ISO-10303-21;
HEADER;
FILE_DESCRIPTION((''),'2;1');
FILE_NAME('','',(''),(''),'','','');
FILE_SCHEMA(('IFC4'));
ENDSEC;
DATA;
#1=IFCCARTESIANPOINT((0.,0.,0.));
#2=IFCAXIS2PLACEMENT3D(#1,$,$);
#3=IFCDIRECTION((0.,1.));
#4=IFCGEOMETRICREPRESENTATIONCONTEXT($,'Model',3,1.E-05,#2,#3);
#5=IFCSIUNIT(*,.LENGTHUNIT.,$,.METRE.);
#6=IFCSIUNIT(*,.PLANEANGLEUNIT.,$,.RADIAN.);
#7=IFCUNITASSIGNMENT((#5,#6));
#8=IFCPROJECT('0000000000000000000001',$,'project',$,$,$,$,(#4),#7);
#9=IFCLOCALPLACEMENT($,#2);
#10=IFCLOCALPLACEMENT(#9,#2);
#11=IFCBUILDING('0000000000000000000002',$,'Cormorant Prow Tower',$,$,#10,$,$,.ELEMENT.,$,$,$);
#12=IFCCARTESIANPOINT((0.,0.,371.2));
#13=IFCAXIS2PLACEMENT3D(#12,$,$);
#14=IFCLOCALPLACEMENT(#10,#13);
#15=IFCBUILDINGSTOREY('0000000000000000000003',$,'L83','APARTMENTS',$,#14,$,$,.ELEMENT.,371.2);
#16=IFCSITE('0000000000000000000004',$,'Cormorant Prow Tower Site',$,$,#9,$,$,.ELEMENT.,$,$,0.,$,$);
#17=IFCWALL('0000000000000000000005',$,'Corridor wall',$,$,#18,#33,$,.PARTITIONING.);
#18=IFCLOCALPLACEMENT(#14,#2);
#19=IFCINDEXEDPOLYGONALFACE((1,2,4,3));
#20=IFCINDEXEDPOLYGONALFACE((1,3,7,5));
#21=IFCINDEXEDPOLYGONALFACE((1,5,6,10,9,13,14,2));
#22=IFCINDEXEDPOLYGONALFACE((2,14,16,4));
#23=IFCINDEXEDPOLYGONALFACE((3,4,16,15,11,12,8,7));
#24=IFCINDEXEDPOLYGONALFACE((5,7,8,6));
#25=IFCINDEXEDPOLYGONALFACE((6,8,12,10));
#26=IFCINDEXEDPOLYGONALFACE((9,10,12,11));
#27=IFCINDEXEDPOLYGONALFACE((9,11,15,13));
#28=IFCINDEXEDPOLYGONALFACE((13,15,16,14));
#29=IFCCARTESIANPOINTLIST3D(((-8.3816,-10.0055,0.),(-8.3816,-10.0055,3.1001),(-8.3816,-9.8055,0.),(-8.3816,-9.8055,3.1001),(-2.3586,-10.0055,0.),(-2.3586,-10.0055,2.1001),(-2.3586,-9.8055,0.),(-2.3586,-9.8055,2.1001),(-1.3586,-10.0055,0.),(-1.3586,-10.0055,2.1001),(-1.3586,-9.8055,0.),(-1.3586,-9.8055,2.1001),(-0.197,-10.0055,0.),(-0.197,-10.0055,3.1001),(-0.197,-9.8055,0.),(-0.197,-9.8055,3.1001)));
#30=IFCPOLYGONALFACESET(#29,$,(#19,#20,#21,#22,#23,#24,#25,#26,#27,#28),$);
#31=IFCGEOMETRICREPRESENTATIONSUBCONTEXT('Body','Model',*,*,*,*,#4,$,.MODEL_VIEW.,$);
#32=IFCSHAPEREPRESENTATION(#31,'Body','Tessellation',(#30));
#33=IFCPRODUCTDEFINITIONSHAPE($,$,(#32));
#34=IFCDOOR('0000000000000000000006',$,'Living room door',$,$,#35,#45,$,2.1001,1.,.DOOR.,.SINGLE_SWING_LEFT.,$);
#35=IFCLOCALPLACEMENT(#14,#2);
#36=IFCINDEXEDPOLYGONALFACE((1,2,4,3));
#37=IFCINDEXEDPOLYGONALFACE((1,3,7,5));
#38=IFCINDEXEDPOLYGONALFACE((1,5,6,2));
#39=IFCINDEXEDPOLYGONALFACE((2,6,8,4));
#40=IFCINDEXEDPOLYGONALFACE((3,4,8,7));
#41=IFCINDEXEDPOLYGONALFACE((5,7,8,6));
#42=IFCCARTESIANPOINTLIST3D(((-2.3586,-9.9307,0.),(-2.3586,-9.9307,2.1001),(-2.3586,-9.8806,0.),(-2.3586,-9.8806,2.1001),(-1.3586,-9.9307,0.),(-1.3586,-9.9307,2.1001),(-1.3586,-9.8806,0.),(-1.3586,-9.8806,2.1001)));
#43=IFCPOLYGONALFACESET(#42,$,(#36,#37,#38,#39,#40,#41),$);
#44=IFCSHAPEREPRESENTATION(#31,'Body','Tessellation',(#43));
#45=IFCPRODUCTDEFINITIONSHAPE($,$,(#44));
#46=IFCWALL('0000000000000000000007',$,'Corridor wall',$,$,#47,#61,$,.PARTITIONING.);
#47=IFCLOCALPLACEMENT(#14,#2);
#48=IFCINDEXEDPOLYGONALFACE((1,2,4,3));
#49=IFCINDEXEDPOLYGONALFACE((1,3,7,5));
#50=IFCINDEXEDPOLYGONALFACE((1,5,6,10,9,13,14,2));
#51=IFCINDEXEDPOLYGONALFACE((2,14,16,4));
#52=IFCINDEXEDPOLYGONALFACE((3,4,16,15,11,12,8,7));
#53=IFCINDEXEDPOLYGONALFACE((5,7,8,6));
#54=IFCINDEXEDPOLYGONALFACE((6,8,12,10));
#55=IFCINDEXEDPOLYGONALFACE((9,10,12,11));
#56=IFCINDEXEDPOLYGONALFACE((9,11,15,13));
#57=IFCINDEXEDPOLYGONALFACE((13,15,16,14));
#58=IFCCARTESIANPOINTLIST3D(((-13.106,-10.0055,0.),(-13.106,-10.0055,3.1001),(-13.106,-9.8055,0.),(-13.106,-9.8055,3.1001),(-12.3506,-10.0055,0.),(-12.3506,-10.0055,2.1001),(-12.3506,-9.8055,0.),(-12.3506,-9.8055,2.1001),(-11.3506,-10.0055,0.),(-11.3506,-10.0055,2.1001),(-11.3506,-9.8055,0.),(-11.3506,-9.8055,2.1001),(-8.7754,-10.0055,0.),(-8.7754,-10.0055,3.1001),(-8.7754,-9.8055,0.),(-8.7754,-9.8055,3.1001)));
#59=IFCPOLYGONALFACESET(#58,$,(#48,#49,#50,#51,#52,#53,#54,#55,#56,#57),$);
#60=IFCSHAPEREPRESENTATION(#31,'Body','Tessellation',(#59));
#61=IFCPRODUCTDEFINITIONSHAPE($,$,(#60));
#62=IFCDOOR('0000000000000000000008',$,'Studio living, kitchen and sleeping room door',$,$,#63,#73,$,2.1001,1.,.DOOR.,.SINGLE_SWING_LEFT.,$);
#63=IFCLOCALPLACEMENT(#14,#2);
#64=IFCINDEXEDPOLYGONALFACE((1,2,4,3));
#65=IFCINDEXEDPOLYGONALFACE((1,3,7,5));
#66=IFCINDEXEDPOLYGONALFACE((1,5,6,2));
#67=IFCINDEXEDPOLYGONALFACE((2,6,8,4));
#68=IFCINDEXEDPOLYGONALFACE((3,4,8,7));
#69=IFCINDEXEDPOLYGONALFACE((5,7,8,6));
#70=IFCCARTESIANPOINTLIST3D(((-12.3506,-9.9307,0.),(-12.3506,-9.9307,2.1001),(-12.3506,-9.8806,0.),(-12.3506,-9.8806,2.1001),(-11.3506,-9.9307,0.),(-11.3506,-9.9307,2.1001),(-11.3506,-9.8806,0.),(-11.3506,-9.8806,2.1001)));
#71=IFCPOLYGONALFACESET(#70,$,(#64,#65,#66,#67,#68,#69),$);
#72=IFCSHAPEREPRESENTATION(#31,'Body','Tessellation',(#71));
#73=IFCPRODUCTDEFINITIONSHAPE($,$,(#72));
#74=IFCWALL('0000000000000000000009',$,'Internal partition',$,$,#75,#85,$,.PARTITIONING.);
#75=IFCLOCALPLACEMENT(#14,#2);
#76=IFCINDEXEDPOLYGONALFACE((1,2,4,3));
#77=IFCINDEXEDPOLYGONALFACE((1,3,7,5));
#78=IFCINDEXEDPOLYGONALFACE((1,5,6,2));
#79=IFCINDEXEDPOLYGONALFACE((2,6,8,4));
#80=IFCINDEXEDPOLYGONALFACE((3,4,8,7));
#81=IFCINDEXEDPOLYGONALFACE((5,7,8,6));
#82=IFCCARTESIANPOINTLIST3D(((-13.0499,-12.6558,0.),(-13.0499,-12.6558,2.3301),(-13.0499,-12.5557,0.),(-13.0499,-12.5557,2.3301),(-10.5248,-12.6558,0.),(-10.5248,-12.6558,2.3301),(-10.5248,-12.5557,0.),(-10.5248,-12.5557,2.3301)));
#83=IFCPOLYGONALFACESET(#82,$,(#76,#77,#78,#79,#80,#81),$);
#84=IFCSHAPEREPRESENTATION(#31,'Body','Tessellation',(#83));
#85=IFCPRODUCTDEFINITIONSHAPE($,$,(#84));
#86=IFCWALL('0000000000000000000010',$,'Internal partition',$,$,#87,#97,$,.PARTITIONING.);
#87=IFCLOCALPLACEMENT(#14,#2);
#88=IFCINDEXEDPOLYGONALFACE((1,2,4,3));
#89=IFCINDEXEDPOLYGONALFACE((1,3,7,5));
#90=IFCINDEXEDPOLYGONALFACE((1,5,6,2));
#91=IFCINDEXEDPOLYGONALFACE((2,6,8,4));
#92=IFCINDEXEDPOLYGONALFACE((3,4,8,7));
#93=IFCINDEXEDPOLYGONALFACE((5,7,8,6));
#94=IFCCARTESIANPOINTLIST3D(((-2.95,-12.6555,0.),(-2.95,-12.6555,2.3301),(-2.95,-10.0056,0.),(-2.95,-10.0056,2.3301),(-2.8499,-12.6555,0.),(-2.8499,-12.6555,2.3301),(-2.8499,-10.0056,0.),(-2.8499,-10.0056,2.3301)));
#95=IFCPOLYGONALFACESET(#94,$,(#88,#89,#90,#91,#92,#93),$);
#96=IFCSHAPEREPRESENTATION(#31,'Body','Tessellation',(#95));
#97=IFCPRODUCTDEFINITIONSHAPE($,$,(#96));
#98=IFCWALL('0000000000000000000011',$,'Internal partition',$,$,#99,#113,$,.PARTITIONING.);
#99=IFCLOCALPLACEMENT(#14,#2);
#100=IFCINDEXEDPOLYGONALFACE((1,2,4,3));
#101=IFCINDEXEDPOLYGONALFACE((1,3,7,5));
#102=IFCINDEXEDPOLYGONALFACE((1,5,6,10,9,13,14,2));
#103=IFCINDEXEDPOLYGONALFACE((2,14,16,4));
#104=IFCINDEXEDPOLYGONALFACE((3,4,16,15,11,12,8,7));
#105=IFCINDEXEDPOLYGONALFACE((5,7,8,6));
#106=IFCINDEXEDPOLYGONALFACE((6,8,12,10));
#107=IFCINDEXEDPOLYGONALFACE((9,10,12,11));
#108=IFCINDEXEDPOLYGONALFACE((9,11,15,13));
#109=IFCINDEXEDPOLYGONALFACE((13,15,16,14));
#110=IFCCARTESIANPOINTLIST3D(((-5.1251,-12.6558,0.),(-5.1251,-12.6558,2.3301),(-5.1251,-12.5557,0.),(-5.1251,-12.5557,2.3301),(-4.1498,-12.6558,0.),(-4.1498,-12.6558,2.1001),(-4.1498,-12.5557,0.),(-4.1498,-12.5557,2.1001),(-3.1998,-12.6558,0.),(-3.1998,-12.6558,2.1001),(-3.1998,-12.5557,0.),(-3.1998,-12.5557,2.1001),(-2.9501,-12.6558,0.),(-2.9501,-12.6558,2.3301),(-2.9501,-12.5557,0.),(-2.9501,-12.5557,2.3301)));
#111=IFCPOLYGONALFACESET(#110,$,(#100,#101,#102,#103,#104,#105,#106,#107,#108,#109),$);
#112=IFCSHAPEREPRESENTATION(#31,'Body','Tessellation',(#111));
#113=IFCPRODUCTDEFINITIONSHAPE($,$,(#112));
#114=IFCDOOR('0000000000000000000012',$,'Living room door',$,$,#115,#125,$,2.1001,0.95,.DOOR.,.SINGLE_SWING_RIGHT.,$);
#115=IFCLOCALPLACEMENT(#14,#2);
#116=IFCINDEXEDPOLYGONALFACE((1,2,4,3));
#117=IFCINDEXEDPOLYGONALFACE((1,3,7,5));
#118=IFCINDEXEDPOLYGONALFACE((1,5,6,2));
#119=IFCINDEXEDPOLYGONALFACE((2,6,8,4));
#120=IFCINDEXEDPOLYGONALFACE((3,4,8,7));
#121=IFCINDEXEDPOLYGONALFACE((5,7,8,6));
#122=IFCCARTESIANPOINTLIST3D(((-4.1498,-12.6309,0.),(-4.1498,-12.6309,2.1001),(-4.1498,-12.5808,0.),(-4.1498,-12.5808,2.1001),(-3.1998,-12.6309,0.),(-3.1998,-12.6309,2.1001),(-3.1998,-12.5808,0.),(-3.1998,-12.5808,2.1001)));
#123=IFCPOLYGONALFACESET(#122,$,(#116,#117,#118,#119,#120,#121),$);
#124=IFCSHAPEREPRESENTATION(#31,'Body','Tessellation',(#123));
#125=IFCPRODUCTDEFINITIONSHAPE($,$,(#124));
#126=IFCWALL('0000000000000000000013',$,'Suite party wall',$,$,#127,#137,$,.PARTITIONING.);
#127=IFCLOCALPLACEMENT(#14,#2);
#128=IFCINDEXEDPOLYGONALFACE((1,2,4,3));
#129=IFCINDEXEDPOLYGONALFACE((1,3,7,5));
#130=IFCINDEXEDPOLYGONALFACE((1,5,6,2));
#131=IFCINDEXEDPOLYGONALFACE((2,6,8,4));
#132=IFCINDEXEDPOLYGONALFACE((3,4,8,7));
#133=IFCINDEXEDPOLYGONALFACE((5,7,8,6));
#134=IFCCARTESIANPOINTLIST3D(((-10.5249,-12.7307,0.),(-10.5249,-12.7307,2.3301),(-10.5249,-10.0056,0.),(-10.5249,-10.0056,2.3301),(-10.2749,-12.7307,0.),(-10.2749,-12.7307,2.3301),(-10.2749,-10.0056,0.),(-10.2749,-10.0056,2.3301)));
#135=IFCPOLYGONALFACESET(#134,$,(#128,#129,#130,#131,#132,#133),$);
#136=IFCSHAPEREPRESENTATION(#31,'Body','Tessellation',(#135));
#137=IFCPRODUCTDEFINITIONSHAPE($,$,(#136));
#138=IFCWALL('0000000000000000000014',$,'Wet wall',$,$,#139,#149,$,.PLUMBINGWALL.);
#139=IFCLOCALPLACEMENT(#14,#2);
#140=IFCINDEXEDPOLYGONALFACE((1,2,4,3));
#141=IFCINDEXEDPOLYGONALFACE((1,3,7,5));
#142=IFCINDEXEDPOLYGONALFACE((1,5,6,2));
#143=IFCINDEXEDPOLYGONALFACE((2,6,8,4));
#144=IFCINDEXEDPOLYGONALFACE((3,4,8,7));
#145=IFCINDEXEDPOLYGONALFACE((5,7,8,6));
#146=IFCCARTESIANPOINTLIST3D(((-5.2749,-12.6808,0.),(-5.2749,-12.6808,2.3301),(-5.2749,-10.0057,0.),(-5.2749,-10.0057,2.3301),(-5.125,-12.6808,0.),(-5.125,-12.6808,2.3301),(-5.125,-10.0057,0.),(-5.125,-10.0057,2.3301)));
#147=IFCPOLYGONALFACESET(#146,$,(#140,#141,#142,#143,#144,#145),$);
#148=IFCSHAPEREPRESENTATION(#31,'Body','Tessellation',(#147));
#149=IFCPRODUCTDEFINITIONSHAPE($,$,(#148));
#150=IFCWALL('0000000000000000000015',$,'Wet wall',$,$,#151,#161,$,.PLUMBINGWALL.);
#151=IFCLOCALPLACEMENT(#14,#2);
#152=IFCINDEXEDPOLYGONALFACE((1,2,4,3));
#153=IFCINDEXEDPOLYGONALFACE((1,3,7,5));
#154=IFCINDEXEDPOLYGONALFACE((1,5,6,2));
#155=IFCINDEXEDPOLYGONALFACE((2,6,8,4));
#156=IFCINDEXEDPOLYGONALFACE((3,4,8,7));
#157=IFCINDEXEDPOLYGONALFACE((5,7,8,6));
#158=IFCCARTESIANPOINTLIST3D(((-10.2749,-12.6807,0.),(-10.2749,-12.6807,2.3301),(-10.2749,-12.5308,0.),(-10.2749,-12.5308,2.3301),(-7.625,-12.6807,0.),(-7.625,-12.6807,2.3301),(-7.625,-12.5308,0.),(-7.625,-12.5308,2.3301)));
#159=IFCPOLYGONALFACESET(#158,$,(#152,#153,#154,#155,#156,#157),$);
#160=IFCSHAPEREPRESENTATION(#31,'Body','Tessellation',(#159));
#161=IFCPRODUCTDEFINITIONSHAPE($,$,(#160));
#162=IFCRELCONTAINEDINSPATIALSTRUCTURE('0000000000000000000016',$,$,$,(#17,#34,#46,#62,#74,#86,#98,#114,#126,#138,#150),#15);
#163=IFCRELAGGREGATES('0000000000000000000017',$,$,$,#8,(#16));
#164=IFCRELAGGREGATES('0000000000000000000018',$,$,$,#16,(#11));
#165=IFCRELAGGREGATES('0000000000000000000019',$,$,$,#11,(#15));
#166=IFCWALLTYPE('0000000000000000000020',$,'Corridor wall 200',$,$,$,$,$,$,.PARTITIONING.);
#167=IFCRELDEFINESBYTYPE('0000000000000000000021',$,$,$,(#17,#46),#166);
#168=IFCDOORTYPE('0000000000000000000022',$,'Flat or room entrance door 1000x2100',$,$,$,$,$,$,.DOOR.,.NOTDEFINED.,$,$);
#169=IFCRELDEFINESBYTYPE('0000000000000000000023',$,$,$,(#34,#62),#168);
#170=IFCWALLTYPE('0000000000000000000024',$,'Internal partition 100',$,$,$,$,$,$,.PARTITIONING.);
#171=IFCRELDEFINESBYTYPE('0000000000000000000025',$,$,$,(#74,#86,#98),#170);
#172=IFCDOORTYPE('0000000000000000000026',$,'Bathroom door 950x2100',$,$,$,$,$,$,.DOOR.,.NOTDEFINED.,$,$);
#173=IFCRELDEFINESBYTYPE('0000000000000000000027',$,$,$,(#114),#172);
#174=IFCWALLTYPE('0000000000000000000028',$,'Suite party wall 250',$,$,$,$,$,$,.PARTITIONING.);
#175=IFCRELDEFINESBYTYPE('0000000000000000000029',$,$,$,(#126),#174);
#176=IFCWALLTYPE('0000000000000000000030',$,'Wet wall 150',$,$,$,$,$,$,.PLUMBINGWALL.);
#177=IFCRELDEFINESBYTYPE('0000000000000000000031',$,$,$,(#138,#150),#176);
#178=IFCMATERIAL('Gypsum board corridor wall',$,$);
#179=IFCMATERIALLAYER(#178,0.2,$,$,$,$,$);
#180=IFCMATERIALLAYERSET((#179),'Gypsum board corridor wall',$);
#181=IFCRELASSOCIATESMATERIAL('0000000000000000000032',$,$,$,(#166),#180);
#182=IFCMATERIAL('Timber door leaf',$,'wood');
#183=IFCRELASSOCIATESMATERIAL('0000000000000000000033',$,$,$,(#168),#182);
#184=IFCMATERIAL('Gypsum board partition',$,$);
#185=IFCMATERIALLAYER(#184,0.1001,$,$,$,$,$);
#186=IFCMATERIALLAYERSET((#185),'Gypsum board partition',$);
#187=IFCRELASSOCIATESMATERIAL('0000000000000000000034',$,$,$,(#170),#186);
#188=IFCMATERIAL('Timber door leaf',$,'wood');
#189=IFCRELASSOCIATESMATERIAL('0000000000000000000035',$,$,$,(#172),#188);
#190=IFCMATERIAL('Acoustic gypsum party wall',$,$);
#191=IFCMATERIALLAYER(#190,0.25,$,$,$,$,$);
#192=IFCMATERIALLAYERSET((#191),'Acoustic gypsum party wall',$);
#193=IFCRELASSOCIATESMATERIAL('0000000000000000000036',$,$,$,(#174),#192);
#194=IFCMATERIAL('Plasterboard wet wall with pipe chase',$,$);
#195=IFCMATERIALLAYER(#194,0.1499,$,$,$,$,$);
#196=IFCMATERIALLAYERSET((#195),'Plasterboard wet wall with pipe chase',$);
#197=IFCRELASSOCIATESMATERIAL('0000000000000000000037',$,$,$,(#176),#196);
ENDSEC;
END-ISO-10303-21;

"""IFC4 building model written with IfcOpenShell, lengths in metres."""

from ifc_helpers import new_model, si_unit, direction, frame, frame_2d, origin, place, context, subcontext, project, spatial, rectangle, extrude, material, layer, layer_set, type_object, element, fill, save


model = new_model("IFC4")

# Units and contexts
model_context = context("Model", 3, precision=1e-05, world=origin(), true_north=direction((0.0, 1.0)))
body_context = subcontext(model_context, "Body", "Model", "MODEL_VIEW")
ifc_project = project(units=[si_unit("LENGTHUNIT", "METRE"), si_unit("PLANEANGLEUNIT", "RADIAN")], contexts=[model_context])

# Site, building, storey
site_placement = place(None, origin())
site = spatial("IfcSite", under=ifc_project, at=site_placement, Name="Cormorant Prow Tower Site", CompositionType="ELEMENT", RefElevation=0.0)
building_placement = place(site_placement, origin())
building = spatial("IfcBuilding", under=site, at=building_placement, Name="Cormorant Prow Tower", CompositionType="ELEMENT")
storey_placement = place(building_placement, frame((0.0, 0.0, 371.2)))
storey = spatial("IfcBuildingStorey", under=building, at=storey_placement, Name="L83", Description="APARTMENTS", CompositionType="ELEMENT", Elevation=371.2)

# Walls, openings, doors
ifc_material_1 = material(Name="Gypsum board corridor wall")
ifc_layer_1 = layer(ifc_material_1, 0.2)
ifc_layer_set_1 = layer_set([ifc_layer_1], Name="Gypsum board corridor wall")
wall_type_1 = type_object("IfcWallType", Name="Corridor wall 200", PredefinedType="PARTITIONING", material=ifc_layer_set_1)
wall_1_placement = place(storey_placement, frame((-8.3816, -9.9055, 0.0), z_axis=(0.0, 0.0, 1.0), x_axis=(1.0, 0.0, 0.0)))
wall_1 = element("IfcWall", 1, at=wall_1_placement, inside=storey, type_object=wall_type_1, Name="Corridor wall", PredefinedType="PARTITIONING", context=body_context, shape_type="SweptSolid", body=[
    extrude(rectangle(XDim=8.1846, YDim=0.2, at=frame_2d((4.0923, 0.0))), origin(), (0.0, 0.0, 1.0), 3.1001),
])
opening_1_placement = place(wall_1_placement, frame((6.0229, 0.0, 0.0)))
opening_1 = element("IfcOpeningElement", 2, at=opening_1_placement, cuts=wall_1, PredefinedType="OPENING", context=body_context, shape_type="SweptSolid", body=[
    extrude(rectangle(XDim=1.0, YDim=2.1001, at=frame_2d((0.5, 1.05))), frame((0.0, 0.1099, 0.0), z_axis=(0.0, -1.0, 0.0), x_axis=(1.0, 0.0, 0.0)), (0.0, 0.0, 1.0), 0.22),
])
ifc_material_2 = material(Name="Timber door leaf", Category="wood")
door_type_1 = type_object("IfcDoorType", Name="Flat or room entrance door 1000x2100", OperationType="NOTDEFINED", PredefinedType="DOOR", material=ifc_material_2)
door_1_placement = place(opening_1_placement, origin())
door_1 = element("IfcDoor", 3, at=door_1_placement, inside=storey, type_object=door_type_1, Name="Living room door", OperationType="SINGLE_SWING_LEFT", OverallHeight=2.1001, OverallWidth=1.0, PredefinedType="DOOR", context=body_context, shape_type="SweptSolid", body=[
    extrude(rectangle(XDim=1.0, YDim=2.1001, at=frame_2d((0.5, 1.05))), frame((0.0, 0.0249, 0.0), z_axis=(0.0, -1.0, 0.0), x_axis=(1.0, 0.0, 0.0)), (0.0, 0.0, 1.0), 0.05),
])
fill(opening_1, door_1)
wall_2_placement = place(storey_placement, frame((-13.106, -9.9055, 0.0), z_axis=(0.0, 0.0, 1.0), x_axis=(1.0, 0.0, 0.0)))
wall_2 = element("IfcWall", 4, at=wall_2_placement, inside=storey, type_object=wall_type_1, Name="Corridor wall", PredefinedType="PARTITIONING", context=body_context, shape_type="SweptSolid", body=[
    extrude(rectangle(XDim=4.3306, YDim=0.2, at=frame_2d((2.1653, 0.0))), origin(), (0.0, 0.0, 1.0), 3.1001),
])
opening_2_placement = place(wall_2_placement, frame((0.7554, 0.0, 0.0)))
opening_2 = element("IfcOpeningElement", 5, at=opening_2_placement, cuts=wall_2, PredefinedType="OPENING", context=body_context, shape_type="SweptSolid", body=[
    extrude(rectangle(XDim=1.0, YDim=2.1001, at=frame_2d((0.5, 1.05))), frame((0.0, 0.1099, 0.0), z_axis=(0.0, -1.0, 0.0), x_axis=(1.0, 0.0, 0.0)), (0.0, 0.0, 1.0), 0.22),
])
door_2_placement = place(opening_2_placement, origin())
door_2 = element("IfcDoor", 6, at=door_2_placement, inside=storey, type_object=door_type_1, Name="Studio living, kitchen and sleeping room door", OperationType="SINGLE_SWING_LEFT", OverallHeight=2.1001, OverallWidth=1.0, PredefinedType="DOOR", context=body_context, shape_type="SweptSolid", body=[
    extrude(rectangle(XDim=1.0, YDim=2.1001, at=frame_2d((0.5, 1.05))), frame((0.0, 0.0249, 0.0), z_axis=(0.0, -1.0, 0.0), x_axis=(1.0, 0.0, 0.0)), (0.0, 0.0, 1.0), 0.05),
])
fill(opening_2, door_2)

# Walls
ifc_material_3 = material(Name="Gypsum board partition")
ifc_layer_2 = layer(ifc_material_3, 0.1001)
ifc_layer_set_2 = layer_set([ifc_layer_2], Name="Gypsum board partition")
wall_type_2 = type_object("IfcWallType", Name="Internal partition 100", PredefinedType="PARTITIONING", material=ifc_layer_set_2)
wall_3_placement = place(storey_placement, frame((-13.05, -12.6057, 0.0), z_axis=(0.0, 0.0, 1.0), x_axis=(1.0, 0.0, 0.0)))
element("IfcWall", 7, at=wall_3_placement, inside=storey, type_object=wall_type_2, Name="Internal partition", PredefinedType="PARTITIONING", context=body_context, shape_type="SweptSolid", body=[
    extrude(rectangle(XDim=2.5251, YDim=0.1001, at=frame_2d((1.2627, 0.0))), origin(), (0.0, 0.0, 1.0), 2.3301),
])
wall_4_placement = place(storey_placement, frame((-2.8999, -12.6555, 0.0), z_axis=(0.0, 0.0, 1.0), x_axis=(0.0, 1.0, 0.0)))
element("IfcWall", 8, at=wall_4_placement, inside=storey, type_object=wall_type_2, Name="Internal partition", PredefinedType="PARTITIONING", context=body_context, shape_type="SweptSolid", body=[
    extrude(rectangle(XDim=2.6499, YDim=0.1001, at=frame_2d((1.325, 0.0))), origin(), (0.0, 0.0, 1.0), 2.3301),
])

# Wall, opening, door
wall_5_placement = place(storey_placement, frame((-5.125, -12.6057, 0.0), z_axis=(0.0, 0.0, 1.0), x_axis=(1.0, 0.0, 0.0)))
wall_5 = element("IfcWall", 9, at=wall_5_placement, inside=storey, type_object=wall_type_2, Name="Internal partition", PredefinedType="PARTITIONING", context=body_context, shape_type="SweptSolid", body=[
    extrude(rectangle(XDim=2.175, YDim=0.1001, at=frame_2d((1.0874, 0.0))), origin(), (0.0, 0.0, 1.0), 2.3301),
])
opening_3_placement = place(wall_5_placement, frame((0.9751, 0.0, 0.0)))
opening_3 = element("IfcOpeningElement", 10, at=opening_3_placement, cuts=wall_5, PredefinedType="OPENING", context=body_context, shape_type="SweptSolid", body=[
    extrude(rectangle(XDim=0.95, YDim=2.1001, at=frame_2d((0.4751, 1.05))), frame((0.0, 0.0601, 0.0), z_axis=(0.0, -1.0, 0.0), x_axis=(1.0, 0.0, 0.0)), (0.0, 0.0, 1.0), 0.1201),
])
ifc_material_4 = material(Name="Timber door leaf", Category="wood")
door_type_2 = type_object("IfcDoorType", Name="Bathroom door 950x2100", OperationType="NOTDEFINED", PredefinedType="DOOR", material=ifc_material_4)
door_3_placement = place(opening_3_placement, origin())
door_3 = element("IfcDoor", 11, at=door_3_placement, inside=storey, type_object=door_type_2, Name="Living room door", OperationType="SINGLE_SWING_RIGHT", OverallHeight=2.1001, OverallWidth=0.95, PredefinedType="DOOR", context=body_context, shape_type="SweptSolid", body=[
    extrude(rectangle(XDim=0.95, YDim=2.1001, at=frame_2d((0.4751, 1.05))), frame((0.0, 0.0249, 0.0), z_axis=(0.0, -1.0, 0.0), x_axis=(1.0, 0.0, 0.0)), (0.0, 0.0, 1.0), 0.05),
])
fill(opening_3, door_3)

# Walls
ifc_material_5 = material(Name="Acoustic gypsum party wall")
ifc_layer_3 = layer(ifc_material_5, 0.25)
ifc_layer_set_3 = layer_set([ifc_layer_3], Name="Acoustic gypsum party wall")
wall_type_3 = type_object("IfcWallType", Name="Suite party wall 250", PredefinedType="PARTITIONING", material=ifc_layer_set_3)
wall_6_placement = place(storey_placement, frame((-10.3999, -12.7307, 0.0), z_axis=(0.0, 0.0, 1.0), x_axis=(0.0, 1.0, 0.0)))
element("IfcWall", 12, at=wall_6_placement, inside=storey, type_object=wall_type_3, Name="Suite party wall", PredefinedType="PARTITIONING", context=body_context, shape_type="SweptSolid", body=[
    extrude(rectangle(XDim=2.7251, YDim=0.25, at=frame_2d((1.3625, 0.0))), origin(), (0.0, 0.0, 1.0), 2.3301),
])
ifc_material_6 = material(Name="Plasterboard wet wall with pipe chase")
ifc_layer_4 = layer(ifc_material_6, 0.1499)
ifc_layer_set_4 = layer_set([ifc_layer_4], Name="Plasterboard wet wall with pipe chase")
wall_type_4 = type_object("IfcWallType", Name="Wet wall 150", PredefinedType="PLUMBINGWALL", material=ifc_layer_set_4)
wall_7_placement = place(storey_placement, frame((-5.2, -12.6807, 0.0), z_axis=(0.0, 0.0, 1.0), x_axis=(0.0, 1.0, 0.0)))
element("IfcWall", 13, at=wall_7_placement, inside=storey, type_object=wall_type_4, Name="Wet wall", PredefinedType="PLUMBINGWALL", context=body_context, shape_type="SweptSolid", body=[
    extrude(rectangle(XDim=2.675, YDim=0.1499, at=frame_2d((1.3374, 0.0))), origin(), (0.0, 0.0, 1.0), 2.3301),
])
wall_8_placement = place(storey_placement, frame((-10.2749, -12.6057, 0.0), z_axis=(0.0, 0.0, 1.0), x_axis=(1.0, 0.0, 0.0)))
element("IfcWall", 14, at=wall_8_placement, inside=storey, type_object=wall_type_4, Name="Wet wall", PredefinedType="PLUMBINGWALL", context=body_context, shape_type="SweptSolid", body=[
    extrude(rectangle(XDim=2.6499, YDim=0.1499, at=frame_2d((1.325, 0.0))), origin(), (0.0, 0.0, 1.0), 2.3301),
])

save(model, "model.ifc")
